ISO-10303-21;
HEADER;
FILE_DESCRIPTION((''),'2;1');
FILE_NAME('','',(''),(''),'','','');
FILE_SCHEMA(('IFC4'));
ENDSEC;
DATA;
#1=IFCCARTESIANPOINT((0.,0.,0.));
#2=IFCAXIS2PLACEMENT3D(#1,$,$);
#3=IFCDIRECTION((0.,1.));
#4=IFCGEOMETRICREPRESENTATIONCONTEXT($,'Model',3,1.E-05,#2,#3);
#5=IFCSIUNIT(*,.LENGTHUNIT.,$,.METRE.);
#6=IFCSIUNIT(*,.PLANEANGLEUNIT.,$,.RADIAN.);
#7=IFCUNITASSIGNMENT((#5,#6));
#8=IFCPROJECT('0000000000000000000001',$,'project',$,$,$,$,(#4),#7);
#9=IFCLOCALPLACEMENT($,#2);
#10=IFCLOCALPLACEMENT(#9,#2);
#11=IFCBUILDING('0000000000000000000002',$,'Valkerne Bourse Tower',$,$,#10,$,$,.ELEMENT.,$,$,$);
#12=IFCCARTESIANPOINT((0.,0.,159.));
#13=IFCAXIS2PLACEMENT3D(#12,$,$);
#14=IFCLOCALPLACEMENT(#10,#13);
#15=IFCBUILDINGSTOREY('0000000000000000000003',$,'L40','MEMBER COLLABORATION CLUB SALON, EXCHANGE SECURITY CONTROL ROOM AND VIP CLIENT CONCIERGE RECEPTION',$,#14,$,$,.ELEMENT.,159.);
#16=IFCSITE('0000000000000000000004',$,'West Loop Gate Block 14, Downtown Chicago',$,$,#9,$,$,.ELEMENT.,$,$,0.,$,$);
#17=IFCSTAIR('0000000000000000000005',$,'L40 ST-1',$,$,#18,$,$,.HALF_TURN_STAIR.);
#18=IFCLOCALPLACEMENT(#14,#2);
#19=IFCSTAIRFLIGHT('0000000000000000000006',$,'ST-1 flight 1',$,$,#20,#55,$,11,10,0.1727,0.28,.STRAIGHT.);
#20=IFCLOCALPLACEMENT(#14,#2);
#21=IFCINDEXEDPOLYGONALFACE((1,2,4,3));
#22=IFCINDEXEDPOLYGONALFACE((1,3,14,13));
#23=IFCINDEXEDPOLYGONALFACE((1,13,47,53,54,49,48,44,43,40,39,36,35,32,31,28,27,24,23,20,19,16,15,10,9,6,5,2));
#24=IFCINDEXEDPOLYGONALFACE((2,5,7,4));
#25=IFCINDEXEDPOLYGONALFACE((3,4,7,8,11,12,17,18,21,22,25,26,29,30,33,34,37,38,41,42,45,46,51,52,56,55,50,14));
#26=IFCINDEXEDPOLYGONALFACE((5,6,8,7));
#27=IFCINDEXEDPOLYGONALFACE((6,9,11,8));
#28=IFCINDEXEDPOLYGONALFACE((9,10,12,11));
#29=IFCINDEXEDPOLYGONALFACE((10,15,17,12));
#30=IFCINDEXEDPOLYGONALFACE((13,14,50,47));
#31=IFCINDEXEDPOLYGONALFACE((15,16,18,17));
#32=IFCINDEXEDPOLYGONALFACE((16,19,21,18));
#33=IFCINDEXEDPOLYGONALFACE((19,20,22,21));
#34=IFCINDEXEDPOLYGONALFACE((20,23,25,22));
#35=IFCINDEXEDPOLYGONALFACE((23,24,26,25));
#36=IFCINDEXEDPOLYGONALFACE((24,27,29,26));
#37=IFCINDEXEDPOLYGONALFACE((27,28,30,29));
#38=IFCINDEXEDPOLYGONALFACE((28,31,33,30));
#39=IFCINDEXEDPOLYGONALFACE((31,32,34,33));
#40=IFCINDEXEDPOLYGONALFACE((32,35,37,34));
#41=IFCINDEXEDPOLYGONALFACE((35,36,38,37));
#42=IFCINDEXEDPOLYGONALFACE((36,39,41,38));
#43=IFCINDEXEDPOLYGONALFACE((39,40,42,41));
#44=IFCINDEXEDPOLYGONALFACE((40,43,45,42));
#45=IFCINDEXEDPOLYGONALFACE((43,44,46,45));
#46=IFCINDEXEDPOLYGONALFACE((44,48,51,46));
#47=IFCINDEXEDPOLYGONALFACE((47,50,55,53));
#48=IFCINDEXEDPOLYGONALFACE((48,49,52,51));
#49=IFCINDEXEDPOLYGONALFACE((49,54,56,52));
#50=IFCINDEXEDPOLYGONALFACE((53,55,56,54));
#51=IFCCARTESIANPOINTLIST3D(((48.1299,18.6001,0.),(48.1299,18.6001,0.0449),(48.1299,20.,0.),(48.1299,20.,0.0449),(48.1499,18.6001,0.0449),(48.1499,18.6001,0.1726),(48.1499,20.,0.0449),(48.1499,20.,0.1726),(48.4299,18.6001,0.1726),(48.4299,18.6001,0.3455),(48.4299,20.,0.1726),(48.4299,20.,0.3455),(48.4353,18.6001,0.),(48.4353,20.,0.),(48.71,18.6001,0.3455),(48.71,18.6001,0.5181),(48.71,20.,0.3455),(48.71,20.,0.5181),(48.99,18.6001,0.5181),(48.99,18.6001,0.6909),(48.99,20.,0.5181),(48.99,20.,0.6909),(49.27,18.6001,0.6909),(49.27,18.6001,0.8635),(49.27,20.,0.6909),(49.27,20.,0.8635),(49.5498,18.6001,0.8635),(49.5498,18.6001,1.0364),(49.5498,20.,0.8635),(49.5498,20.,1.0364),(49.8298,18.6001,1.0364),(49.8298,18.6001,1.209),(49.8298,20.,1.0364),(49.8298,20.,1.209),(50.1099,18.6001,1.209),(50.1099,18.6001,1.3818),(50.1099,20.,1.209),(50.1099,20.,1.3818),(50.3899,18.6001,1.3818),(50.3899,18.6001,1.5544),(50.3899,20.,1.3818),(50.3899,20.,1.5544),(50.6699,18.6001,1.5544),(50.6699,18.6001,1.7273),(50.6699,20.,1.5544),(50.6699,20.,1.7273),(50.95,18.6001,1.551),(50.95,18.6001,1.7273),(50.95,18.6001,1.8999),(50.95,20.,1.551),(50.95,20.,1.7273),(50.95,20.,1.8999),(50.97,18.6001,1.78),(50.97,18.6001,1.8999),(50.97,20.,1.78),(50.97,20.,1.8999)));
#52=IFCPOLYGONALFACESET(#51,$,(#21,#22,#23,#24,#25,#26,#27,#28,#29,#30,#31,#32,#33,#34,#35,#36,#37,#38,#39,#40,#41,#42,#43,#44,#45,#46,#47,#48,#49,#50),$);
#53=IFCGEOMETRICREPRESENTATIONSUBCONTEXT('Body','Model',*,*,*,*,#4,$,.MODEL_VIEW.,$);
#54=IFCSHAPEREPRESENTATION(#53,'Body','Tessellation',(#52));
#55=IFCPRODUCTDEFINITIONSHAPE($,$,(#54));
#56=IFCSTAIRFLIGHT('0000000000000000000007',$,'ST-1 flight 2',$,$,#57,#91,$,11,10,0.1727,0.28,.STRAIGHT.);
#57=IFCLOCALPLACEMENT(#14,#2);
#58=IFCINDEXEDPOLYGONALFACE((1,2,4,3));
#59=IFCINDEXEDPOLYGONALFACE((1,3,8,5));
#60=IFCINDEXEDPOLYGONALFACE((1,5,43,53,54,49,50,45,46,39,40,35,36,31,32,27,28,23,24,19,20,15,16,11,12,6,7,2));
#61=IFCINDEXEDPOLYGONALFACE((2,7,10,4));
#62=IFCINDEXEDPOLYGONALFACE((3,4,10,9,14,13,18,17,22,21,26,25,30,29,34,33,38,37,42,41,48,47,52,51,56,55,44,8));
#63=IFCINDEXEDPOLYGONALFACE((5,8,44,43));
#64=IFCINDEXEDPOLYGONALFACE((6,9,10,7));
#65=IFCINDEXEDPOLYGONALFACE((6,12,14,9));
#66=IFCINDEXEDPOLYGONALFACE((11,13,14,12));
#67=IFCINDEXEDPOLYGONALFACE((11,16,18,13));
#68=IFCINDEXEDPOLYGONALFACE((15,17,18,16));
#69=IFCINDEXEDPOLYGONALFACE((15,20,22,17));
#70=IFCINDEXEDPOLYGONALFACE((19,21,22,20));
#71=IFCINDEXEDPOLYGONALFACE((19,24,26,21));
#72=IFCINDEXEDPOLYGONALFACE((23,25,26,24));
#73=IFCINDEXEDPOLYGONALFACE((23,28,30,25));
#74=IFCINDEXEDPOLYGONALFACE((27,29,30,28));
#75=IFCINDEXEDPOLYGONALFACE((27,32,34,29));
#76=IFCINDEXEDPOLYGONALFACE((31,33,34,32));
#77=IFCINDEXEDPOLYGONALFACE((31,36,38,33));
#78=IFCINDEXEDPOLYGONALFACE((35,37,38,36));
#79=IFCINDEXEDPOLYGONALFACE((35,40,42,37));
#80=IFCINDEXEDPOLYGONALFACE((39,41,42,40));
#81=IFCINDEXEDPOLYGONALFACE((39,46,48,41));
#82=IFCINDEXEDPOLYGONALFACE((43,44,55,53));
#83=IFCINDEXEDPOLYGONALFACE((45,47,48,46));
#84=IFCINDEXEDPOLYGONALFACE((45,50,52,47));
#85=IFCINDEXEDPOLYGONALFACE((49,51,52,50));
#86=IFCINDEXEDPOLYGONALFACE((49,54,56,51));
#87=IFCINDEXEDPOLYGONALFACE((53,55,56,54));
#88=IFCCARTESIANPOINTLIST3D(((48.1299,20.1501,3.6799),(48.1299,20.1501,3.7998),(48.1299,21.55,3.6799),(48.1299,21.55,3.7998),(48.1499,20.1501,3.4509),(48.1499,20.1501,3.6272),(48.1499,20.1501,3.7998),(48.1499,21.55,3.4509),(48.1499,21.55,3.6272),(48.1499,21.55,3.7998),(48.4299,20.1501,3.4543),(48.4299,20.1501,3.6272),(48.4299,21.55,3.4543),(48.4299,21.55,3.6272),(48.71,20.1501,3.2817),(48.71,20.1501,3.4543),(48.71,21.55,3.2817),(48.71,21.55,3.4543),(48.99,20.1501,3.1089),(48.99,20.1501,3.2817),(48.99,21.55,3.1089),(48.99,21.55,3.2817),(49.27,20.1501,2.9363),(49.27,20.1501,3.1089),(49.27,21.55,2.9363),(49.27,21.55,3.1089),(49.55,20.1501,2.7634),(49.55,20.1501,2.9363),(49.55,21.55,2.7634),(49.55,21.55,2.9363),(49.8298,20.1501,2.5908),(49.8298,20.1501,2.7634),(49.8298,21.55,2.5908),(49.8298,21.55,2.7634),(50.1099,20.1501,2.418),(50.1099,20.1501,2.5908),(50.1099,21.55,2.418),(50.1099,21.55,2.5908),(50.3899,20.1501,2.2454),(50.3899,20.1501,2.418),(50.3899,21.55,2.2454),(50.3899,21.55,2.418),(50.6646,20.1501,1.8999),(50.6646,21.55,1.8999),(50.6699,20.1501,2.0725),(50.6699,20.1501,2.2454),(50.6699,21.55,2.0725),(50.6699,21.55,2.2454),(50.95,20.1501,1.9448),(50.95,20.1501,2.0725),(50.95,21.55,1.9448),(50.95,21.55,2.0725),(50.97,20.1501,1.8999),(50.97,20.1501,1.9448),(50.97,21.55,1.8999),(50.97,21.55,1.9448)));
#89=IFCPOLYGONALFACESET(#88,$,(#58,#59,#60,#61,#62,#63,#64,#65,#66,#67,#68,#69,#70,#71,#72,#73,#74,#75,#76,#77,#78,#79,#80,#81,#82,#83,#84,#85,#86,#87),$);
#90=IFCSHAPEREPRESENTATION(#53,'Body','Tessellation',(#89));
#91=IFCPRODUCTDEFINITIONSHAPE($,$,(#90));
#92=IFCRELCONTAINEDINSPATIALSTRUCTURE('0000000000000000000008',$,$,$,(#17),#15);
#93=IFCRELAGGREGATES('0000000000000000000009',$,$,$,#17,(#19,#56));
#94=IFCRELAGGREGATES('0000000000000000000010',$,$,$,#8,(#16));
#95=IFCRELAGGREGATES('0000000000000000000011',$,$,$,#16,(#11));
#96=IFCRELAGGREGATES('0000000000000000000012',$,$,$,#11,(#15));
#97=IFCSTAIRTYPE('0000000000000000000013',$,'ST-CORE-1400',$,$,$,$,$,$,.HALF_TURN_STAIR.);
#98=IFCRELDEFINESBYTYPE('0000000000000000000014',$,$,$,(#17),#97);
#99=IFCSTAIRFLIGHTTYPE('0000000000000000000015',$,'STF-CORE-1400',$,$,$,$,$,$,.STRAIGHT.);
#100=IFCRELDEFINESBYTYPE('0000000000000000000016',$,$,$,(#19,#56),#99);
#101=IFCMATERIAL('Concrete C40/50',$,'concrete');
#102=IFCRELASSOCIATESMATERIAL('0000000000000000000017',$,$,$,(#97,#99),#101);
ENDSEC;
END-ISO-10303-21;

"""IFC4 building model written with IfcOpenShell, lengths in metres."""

from ifc_helpers import new_model, si_unit, direction, frame, origin, place, context, subcontext, project, spatial, polyline, outline, extrude, material, type_object, element, aggregate, save


model = new_model("IFC4")

# Units and contexts
model_context = context("Model", 3, precision=1e-05, world=origin(), true_north=direction((0.0, 1.0)))
body_context = subcontext(model_context, "Body", "Model", "MODEL_VIEW")
ifc_project = project(units=[si_unit("LENGTHUNIT", "METRE"), si_unit("PLANEANGLEUNIT", "RADIAN")], contexts=[model_context])

# Site, building, storey
site_placement = place(None, origin())
site = spatial("IfcSite", under=ifc_project, at=site_placement, Name="West Loop Gate Block 14, Downtown Chicago", CompositionType="ELEMENT", RefElevation=0.0)
building_placement = place(site_placement, origin())
building = spatial("IfcBuilding", under=site, at=building_placement, Name="Valkerne Bourse Tower", CompositionType="ELEMENT")
storey_placement = place(building_placement, frame((0.0, 0.0, 159.0)))
storey = spatial("IfcBuildingStorey", under=building, at=storey_placement, Name="L40", Description="MEMBER COLLABORATION CLUB SALON, EXCHANGE SECURITY CONTROL ROOM AND VIP CLIENT CONCIERGE RECEPTION", CompositionType="ELEMENT", Elevation=159.0)

# Shared definitions
ifc_material_1 = material(Name="Concrete C40/50", Category="concrete")

# Stair, stair flights
stair_type = type_object("IfcStairType", Name="ST-CORE-1400", PredefinedType="HALF_TURN_STAIR", material=ifc_material_1)
stair_placement = place(storey_placement, origin())
stair = element("IfcStair", 1, at=stair_placement, inside=storey, type_object=stair_type, Name="L40 ST-1", PredefinedType="HALF_TURN_STAIR")
stair_flight_type = type_object("IfcStairFlightType", Name="STF-CORE-1400", PredefinedType="STRAIGHT", material=ifc_material_1)
stair_flight_1_placement = place(storey_placement, frame((48.1499, 19.3, 0.0), z_axis=(0.0, 0.0, 1.0), x_axis=(1.0, 0.0, 0.0)))
stair_flight_1 = element("IfcStairFlight", 2, at=stair_flight_1_placement, type_object=stair_flight_type, Name="ST-1 flight 1", NumberOfRisers=11, NumberOfTreads=10, PredefinedType="STRAIGHT", RiserHeight=0.1727, TreadLength=0.28, context=body_context, shape_type="SweptSolid", body=[
    extrude(outline(polyline([(-0.02, 0.0), (-0.02, 0.0449), (0.0, 0.0449), (0.0, 0.1726), (0.28, 0.1726), (0.28, 0.3455), (0.5601, 0.3455), (0.5601, 0.5181), (0.8401, 0.5181), (0.8401, 0.6909), (1.1201, 0.6909), (1.1201, 0.8635), (1.3999, 0.8635), (1.3999, 1.0364), (1.6799, 1.0364), (1.6799, 1.209), (1.96, 1.209), (1.96, 1.3818), (2.24, 1.3818), (2.24, 1.5544), (2.52, 1.5544), (2.52, 1.7273), (2.8, 1.7273), (2.8, 1.8999), (2.8201, 1.8999), (2.8201, 1.78), (2.8, 1.551), (0.2854, 0.0), (-0.02, 0.0)])), frame((0.0, 0.7, 0.0), z_axis=(0.0, -1.0, 0.0), x_axis=(1.0, 0.0, 0.0)), (0.0, 0.0, 1.0), 1.3999),
])
stair_flight_2_placement = place(storey_placement, frame((50.95, 20.8501, 1.8999), z_axis=(0.0, 0.0, 1.0), x_axis=(-1.0, 0.0, 0.0)))
stair_flight_2 = element("IfcStairFlight", 3, at=stair_flight_2_placement, type_object=stair_flight_type, Name="ST-1 flight 2", NumberOfRisers=11, NumberOfTreads=10, PredefinedType="STRAIGHT", RiserHeight=0.1727, TreadLength=0.28, context=body_context, shape_type="SweptSolid", body=[
    extrude(outline(polyline([(-0.02, 0.0), (-0.02, 0.0449), (0.0, 0.0449), (0.0, 0.1726), (0.28, 0.1726), (0.28, 0.3455), (0.5601, 0.3455), (0.5601, 0.5181), (0.8401, 0.5181), (0.8401, 0.6909), (1.1201, 0.6909), (1.1201, 0.8635), (1.3999, 0.8635), (1.3999, 1.0364), (1.6799, 1.0364), (1.6799, 1.209), (1.96, 1.209), (1.96, 1.3818), (2.24, 1.3818), (2.24, 1.5544), (2.52, 1.5544), (2.52, 1.7273), (2.8, 1.7273), (2.8, 1.8999), (2.8201, 1.8999), (2.8201, 1.78), (2.8, 1.551), (0.2854, 0.0), (-0.02, 0.0)])), frame((0.0, 0.7, 0.0), z_axis=(0.0, -1.0, 0.0), x_axis=(1.0, 0.0, 0.0)), (0.0, 0.0, 1.0), 1.3999),
])
aggregate(stair, [stair_flight_1, stair_flight_2])

save(model, "model.ifc")
